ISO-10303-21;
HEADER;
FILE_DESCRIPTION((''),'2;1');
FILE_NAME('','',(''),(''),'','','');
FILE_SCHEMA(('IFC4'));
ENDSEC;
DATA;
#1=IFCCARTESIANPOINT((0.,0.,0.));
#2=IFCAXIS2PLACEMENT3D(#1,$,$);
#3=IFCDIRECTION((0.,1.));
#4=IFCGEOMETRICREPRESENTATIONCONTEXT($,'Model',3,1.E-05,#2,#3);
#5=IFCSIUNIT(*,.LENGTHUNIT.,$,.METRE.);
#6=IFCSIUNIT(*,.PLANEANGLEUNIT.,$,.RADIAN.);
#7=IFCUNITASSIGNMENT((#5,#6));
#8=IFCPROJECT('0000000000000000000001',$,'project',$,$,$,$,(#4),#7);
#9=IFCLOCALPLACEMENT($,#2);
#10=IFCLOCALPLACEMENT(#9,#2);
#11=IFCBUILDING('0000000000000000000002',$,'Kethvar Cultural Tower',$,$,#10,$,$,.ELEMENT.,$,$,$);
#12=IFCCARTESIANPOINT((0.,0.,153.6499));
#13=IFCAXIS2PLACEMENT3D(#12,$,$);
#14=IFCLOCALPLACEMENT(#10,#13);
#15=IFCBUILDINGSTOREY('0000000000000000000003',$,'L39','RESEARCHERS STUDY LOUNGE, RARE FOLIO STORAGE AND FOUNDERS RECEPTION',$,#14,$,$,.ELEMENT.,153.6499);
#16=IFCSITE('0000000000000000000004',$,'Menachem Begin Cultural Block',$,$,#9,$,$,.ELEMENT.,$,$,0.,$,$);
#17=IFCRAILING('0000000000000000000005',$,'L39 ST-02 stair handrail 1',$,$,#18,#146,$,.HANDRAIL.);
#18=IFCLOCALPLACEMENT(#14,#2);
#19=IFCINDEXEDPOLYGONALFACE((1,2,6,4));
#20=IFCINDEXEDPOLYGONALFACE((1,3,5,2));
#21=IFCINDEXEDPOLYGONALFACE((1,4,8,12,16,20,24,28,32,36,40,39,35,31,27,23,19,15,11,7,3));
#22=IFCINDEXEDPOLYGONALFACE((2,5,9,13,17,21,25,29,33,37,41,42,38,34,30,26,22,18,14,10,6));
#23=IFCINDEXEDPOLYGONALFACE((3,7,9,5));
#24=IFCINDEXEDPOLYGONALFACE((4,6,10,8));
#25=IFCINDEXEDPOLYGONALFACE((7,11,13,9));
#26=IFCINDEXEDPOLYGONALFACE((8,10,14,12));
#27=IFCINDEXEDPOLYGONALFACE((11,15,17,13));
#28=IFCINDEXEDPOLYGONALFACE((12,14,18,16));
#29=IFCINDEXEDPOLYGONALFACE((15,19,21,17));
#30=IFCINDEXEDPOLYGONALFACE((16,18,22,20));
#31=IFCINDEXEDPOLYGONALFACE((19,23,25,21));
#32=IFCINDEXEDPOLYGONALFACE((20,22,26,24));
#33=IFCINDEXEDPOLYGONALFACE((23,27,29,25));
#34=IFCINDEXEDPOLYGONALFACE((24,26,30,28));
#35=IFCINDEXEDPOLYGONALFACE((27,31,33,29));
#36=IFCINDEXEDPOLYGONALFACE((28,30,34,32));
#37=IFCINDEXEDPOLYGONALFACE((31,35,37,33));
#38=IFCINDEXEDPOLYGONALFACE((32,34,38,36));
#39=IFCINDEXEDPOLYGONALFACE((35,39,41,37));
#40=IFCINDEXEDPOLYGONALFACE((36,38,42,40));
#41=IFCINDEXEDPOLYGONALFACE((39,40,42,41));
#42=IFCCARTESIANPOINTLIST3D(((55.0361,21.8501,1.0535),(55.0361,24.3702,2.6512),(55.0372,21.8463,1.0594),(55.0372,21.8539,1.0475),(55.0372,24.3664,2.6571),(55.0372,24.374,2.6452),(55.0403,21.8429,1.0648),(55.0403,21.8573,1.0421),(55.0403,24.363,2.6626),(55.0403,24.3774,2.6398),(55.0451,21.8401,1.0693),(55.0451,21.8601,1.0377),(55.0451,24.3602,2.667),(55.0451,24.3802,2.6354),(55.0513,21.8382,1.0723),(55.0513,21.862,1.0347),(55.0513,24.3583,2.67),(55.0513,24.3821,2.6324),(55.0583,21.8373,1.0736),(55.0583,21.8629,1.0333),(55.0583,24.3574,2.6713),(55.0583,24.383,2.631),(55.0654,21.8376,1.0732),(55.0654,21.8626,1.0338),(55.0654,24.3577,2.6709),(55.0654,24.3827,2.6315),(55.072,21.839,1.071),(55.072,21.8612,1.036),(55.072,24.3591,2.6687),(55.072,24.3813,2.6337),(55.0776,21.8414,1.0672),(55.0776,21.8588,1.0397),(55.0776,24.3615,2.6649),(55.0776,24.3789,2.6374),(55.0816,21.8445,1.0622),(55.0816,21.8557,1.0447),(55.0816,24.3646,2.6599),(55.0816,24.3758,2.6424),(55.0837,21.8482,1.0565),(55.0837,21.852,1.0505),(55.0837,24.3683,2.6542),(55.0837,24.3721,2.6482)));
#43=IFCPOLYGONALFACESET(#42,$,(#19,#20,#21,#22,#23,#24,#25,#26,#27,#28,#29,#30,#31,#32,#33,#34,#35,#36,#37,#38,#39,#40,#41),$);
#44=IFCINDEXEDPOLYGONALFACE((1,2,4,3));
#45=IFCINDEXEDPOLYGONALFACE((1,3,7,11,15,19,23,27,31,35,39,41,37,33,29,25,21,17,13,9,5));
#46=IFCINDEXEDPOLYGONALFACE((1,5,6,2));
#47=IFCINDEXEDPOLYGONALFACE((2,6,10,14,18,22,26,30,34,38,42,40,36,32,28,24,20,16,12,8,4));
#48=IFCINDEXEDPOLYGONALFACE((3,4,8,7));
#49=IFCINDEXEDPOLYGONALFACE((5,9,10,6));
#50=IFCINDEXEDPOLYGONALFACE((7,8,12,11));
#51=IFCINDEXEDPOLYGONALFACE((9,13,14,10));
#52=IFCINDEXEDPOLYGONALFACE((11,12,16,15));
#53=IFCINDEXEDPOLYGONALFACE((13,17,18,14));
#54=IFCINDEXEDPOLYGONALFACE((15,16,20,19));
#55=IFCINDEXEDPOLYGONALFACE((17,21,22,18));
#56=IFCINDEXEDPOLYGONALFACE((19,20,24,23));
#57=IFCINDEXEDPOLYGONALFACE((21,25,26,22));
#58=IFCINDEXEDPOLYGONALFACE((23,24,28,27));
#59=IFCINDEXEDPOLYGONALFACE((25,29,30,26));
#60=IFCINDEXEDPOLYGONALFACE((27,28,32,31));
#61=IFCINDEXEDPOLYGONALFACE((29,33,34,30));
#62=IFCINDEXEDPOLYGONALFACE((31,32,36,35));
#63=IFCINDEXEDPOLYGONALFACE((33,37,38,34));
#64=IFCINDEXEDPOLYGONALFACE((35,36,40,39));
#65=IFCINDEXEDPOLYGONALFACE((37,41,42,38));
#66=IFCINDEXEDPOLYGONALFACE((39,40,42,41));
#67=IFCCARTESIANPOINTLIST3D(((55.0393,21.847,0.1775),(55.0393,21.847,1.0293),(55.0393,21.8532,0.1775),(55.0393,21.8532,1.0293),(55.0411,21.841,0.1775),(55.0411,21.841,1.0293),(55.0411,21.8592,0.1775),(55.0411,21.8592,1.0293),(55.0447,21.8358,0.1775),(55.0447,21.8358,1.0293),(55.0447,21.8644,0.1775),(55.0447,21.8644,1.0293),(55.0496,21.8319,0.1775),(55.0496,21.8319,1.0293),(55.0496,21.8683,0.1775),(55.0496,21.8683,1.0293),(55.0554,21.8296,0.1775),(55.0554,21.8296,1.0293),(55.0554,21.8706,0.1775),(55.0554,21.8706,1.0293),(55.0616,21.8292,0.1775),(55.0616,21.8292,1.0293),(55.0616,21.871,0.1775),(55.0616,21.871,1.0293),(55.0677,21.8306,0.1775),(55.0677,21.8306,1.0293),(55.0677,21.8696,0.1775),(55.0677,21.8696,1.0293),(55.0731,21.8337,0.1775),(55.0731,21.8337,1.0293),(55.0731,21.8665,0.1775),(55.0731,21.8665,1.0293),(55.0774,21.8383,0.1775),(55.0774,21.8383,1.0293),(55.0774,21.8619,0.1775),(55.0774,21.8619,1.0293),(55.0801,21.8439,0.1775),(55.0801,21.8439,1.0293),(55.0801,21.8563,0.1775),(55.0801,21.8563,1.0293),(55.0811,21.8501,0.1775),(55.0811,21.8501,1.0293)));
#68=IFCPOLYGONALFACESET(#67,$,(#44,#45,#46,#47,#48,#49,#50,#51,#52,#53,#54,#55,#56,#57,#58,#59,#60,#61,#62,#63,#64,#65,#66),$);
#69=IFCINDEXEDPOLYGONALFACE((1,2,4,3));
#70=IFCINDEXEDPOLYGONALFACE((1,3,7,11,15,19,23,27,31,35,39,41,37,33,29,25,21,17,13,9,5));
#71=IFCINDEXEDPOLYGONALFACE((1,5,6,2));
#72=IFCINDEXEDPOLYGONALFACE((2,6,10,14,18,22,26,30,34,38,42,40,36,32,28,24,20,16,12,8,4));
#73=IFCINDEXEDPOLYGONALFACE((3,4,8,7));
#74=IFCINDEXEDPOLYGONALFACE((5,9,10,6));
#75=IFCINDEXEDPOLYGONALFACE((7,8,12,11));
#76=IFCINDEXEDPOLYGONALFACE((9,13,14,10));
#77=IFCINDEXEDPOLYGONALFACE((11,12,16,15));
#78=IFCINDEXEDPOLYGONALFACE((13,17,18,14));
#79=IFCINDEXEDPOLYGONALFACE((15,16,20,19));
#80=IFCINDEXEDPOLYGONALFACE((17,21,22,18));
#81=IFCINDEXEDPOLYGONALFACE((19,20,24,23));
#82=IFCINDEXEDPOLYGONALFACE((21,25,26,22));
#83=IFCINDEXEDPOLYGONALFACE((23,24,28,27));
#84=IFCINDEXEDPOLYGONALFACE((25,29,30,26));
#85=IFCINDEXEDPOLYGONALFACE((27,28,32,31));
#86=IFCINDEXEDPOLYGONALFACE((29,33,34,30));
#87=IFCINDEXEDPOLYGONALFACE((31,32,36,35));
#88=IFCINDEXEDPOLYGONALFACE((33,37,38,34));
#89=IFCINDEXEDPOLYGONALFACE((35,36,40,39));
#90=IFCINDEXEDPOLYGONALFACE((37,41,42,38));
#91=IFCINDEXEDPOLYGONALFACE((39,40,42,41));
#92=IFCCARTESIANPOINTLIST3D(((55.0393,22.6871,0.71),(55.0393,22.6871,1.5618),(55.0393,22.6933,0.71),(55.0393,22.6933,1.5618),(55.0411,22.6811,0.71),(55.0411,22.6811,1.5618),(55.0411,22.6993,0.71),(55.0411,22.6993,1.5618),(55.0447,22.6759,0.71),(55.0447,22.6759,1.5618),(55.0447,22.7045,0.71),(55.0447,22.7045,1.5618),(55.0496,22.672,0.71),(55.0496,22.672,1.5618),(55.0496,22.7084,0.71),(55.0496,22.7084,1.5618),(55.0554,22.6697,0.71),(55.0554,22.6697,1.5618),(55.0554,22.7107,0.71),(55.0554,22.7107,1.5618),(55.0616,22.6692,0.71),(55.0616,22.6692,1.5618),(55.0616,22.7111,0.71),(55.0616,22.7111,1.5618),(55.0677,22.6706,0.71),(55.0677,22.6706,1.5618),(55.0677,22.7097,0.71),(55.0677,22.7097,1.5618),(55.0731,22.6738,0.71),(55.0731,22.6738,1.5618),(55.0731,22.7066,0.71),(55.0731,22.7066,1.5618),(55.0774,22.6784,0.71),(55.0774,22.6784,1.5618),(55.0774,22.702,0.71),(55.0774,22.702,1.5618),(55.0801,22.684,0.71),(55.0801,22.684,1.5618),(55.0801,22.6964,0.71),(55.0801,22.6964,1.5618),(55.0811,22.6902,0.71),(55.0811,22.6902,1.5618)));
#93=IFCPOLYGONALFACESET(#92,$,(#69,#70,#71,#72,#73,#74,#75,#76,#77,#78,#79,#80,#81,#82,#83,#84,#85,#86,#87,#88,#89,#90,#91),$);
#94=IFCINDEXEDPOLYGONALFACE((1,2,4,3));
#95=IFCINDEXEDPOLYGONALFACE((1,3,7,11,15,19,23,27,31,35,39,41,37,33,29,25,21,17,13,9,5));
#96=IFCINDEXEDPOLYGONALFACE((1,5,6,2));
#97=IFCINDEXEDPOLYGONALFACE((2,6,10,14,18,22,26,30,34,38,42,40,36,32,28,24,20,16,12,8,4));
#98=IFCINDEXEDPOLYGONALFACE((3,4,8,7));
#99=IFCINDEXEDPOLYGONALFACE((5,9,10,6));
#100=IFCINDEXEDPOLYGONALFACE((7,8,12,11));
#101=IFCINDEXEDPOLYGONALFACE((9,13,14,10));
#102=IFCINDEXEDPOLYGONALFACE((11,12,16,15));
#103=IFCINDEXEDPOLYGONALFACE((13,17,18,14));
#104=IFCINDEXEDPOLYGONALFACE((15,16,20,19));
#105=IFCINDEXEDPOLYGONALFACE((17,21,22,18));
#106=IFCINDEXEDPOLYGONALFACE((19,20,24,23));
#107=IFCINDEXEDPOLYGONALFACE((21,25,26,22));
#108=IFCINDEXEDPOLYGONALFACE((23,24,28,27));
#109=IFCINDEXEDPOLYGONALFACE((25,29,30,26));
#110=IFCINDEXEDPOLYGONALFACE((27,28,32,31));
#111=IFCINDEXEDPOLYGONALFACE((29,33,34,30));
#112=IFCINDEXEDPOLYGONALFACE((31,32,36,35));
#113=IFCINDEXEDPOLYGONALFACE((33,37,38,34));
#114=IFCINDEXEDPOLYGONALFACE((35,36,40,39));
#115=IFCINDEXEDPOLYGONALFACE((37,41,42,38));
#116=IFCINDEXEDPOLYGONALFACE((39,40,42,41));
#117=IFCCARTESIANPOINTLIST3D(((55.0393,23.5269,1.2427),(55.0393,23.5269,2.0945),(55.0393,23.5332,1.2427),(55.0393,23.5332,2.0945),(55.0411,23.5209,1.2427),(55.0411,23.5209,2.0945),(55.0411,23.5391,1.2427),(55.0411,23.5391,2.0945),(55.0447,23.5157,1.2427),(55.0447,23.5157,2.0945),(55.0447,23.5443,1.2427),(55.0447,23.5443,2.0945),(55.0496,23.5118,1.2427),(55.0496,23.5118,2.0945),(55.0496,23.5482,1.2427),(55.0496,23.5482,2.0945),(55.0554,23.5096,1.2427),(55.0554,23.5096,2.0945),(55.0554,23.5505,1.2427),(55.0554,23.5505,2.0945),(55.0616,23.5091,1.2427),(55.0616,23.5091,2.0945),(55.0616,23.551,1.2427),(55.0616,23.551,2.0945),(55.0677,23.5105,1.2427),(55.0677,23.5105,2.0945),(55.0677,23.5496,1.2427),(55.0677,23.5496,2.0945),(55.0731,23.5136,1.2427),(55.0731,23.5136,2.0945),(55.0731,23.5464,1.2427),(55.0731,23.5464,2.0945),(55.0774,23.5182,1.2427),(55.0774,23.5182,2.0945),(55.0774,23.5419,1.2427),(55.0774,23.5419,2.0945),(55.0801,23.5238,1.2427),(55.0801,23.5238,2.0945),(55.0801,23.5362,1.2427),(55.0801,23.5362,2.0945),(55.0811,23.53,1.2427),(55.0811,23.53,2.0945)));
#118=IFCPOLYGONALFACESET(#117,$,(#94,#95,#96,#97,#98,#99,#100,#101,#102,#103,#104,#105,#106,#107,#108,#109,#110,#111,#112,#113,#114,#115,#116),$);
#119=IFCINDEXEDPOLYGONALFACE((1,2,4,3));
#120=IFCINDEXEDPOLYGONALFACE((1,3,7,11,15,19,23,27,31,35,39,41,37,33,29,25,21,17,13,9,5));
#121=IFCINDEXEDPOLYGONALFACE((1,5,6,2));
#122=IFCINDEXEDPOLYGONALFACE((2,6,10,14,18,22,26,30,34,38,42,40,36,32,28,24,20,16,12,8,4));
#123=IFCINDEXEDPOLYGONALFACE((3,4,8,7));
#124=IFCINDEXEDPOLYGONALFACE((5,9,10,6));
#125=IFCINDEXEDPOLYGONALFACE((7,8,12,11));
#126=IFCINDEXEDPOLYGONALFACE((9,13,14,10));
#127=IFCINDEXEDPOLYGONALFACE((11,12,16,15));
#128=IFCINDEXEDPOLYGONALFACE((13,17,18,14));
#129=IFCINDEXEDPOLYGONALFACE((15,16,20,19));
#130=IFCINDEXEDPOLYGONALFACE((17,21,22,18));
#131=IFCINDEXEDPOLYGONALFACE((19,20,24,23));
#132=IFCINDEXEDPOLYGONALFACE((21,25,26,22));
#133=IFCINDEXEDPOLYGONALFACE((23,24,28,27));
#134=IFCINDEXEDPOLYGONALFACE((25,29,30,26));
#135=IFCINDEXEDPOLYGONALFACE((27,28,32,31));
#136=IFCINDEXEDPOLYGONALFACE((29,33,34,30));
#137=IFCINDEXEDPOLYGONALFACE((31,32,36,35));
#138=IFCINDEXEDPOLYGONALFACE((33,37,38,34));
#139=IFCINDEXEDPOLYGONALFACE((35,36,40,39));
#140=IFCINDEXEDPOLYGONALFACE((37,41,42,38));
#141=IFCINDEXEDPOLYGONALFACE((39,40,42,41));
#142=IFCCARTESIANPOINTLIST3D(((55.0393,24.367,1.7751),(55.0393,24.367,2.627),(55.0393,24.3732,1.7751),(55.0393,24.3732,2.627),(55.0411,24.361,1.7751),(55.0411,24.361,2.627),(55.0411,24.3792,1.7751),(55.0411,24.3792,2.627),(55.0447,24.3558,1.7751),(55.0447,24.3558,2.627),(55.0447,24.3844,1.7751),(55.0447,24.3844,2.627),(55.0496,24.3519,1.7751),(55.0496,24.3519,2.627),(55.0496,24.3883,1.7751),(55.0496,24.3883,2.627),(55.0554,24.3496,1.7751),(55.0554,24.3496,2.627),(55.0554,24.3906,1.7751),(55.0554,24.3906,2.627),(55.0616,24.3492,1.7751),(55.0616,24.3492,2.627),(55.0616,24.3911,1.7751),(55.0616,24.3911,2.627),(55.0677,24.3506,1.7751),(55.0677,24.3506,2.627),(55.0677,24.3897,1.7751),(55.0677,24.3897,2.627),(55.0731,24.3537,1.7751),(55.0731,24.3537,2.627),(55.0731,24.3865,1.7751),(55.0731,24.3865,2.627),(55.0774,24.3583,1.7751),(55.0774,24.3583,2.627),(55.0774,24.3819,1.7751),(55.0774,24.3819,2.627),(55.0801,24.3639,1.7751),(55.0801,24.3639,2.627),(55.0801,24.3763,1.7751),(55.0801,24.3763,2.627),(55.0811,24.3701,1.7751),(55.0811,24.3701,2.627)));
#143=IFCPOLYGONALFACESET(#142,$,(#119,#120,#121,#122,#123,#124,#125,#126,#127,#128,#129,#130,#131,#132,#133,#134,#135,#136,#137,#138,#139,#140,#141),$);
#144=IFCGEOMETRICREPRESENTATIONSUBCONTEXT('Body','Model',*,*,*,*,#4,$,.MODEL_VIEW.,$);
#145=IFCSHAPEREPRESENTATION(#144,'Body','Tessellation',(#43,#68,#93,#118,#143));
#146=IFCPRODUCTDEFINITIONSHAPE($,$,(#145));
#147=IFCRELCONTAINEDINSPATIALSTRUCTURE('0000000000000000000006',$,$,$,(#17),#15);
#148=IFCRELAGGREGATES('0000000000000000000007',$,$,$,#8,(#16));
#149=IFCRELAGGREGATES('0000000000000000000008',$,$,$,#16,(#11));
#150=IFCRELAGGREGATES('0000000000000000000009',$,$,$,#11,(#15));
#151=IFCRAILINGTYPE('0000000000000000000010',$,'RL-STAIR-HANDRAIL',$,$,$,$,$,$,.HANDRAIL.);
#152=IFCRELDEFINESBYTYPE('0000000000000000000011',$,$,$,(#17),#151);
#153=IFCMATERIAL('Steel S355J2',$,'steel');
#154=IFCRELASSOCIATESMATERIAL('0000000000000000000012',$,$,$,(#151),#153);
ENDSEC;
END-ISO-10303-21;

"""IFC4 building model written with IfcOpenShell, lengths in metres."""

from ifc_helpers import new_model, si_unit, direction, frame, origin, origin_2d, place, context, subcontext, project, spatial, circle, extrude, material, type_object, element, save


model = new_model("IFC4")

# Units and contexts
model_context = context("Model", 3, precision=1e-05, world=origin(), true_north=direction((0.0, 1.0)))
body_context = subcontext(model_context, "Body", "Model", "MODEL_VIEW")
ifc_project = project(units=[si_unit("LENGTHUNIT", "METRE"), si_unit("PLANEANGLEUNIT", "RADIAN")], contexts=[model_context])

# Site, building, storey
site_placement = place(None, origin())
site = spatial("IfcSite", under=ifc_project, at=site_placement, Name="Menachem Begin Cultural Block", CompositionType="ELEMENT", RefElevation=0.0)
building_placement = place(site_placement, origin())
building = spatial("IfcBuilding", under=site, at=building_placement, Name="Kethvar Cultural Tower", CompositionType="ELEMENT")
storey_placement = place(building_placement, frame((0.0, 0.0, 153.6499)))
storey = spatial("IfcBuildingStorey", under=building, at=storey_placement, Name="L39", Description="RESEARCHERS STUDY LOUNGE, RARE FOLIO STORAGE AND FOUNDERS RECEPTION", CompositionType="ELEMENT", Elevation=153.6499)

# Shared definitions
ifc_material_1 = material(Name="Steel S355J2", Category="steel")

# Railing
railing_type_1 = type_object("IfcRailingType", Name="RL-STAIR-HANDRAIL", PredefinedType="HANDRAIL", material=ifc_material_1)
railing_1_placement = place(storey_placement, frame((55.0601, 21.8501, 0.1775)))
element("IfcRailing", 1, at=railing_1_placement, inside=storey, type_object=railing_type_1, Name="L39 ST-02 stair handrail 1", PredefinedType="HANDRAIL", context=body_context, shape_type="SweptSolid", body=[
    extrude(circle(Radius=0.0239, at=origin_2d()), frame((0.0, 0.0, 0.876), z_axis=(0.0, 0.84457, 0.535445), x_axis=(-1.0, 0.0, 0.0)), (0.0, 0.0, 1.0), 2.9839),
    extrude(circle(Radius=0.021, at=origin_2d()), origin(), (0.0, 0.0, 1.0), 0.8518),
    extrude(circle(Radius=0.021, at=origin_2d()), frame((0.0, 0.8401, 0.5325)), (0.0, 0.0, 1.0), 0.8518),
    extrude(circle(Radius=0.021, at=origin_2d()), frame((0.0, 1.6799, 1.0652)), (0.0, 0.0, 1.0), 0.8518),
    extrude(circle(Radius=0.021, at=origin_2d()), frame((0.0, 2.52, 1.5977)), (0.0, 0.0, 1.0), 0.8518),
])

save(model, "model.ifc")
